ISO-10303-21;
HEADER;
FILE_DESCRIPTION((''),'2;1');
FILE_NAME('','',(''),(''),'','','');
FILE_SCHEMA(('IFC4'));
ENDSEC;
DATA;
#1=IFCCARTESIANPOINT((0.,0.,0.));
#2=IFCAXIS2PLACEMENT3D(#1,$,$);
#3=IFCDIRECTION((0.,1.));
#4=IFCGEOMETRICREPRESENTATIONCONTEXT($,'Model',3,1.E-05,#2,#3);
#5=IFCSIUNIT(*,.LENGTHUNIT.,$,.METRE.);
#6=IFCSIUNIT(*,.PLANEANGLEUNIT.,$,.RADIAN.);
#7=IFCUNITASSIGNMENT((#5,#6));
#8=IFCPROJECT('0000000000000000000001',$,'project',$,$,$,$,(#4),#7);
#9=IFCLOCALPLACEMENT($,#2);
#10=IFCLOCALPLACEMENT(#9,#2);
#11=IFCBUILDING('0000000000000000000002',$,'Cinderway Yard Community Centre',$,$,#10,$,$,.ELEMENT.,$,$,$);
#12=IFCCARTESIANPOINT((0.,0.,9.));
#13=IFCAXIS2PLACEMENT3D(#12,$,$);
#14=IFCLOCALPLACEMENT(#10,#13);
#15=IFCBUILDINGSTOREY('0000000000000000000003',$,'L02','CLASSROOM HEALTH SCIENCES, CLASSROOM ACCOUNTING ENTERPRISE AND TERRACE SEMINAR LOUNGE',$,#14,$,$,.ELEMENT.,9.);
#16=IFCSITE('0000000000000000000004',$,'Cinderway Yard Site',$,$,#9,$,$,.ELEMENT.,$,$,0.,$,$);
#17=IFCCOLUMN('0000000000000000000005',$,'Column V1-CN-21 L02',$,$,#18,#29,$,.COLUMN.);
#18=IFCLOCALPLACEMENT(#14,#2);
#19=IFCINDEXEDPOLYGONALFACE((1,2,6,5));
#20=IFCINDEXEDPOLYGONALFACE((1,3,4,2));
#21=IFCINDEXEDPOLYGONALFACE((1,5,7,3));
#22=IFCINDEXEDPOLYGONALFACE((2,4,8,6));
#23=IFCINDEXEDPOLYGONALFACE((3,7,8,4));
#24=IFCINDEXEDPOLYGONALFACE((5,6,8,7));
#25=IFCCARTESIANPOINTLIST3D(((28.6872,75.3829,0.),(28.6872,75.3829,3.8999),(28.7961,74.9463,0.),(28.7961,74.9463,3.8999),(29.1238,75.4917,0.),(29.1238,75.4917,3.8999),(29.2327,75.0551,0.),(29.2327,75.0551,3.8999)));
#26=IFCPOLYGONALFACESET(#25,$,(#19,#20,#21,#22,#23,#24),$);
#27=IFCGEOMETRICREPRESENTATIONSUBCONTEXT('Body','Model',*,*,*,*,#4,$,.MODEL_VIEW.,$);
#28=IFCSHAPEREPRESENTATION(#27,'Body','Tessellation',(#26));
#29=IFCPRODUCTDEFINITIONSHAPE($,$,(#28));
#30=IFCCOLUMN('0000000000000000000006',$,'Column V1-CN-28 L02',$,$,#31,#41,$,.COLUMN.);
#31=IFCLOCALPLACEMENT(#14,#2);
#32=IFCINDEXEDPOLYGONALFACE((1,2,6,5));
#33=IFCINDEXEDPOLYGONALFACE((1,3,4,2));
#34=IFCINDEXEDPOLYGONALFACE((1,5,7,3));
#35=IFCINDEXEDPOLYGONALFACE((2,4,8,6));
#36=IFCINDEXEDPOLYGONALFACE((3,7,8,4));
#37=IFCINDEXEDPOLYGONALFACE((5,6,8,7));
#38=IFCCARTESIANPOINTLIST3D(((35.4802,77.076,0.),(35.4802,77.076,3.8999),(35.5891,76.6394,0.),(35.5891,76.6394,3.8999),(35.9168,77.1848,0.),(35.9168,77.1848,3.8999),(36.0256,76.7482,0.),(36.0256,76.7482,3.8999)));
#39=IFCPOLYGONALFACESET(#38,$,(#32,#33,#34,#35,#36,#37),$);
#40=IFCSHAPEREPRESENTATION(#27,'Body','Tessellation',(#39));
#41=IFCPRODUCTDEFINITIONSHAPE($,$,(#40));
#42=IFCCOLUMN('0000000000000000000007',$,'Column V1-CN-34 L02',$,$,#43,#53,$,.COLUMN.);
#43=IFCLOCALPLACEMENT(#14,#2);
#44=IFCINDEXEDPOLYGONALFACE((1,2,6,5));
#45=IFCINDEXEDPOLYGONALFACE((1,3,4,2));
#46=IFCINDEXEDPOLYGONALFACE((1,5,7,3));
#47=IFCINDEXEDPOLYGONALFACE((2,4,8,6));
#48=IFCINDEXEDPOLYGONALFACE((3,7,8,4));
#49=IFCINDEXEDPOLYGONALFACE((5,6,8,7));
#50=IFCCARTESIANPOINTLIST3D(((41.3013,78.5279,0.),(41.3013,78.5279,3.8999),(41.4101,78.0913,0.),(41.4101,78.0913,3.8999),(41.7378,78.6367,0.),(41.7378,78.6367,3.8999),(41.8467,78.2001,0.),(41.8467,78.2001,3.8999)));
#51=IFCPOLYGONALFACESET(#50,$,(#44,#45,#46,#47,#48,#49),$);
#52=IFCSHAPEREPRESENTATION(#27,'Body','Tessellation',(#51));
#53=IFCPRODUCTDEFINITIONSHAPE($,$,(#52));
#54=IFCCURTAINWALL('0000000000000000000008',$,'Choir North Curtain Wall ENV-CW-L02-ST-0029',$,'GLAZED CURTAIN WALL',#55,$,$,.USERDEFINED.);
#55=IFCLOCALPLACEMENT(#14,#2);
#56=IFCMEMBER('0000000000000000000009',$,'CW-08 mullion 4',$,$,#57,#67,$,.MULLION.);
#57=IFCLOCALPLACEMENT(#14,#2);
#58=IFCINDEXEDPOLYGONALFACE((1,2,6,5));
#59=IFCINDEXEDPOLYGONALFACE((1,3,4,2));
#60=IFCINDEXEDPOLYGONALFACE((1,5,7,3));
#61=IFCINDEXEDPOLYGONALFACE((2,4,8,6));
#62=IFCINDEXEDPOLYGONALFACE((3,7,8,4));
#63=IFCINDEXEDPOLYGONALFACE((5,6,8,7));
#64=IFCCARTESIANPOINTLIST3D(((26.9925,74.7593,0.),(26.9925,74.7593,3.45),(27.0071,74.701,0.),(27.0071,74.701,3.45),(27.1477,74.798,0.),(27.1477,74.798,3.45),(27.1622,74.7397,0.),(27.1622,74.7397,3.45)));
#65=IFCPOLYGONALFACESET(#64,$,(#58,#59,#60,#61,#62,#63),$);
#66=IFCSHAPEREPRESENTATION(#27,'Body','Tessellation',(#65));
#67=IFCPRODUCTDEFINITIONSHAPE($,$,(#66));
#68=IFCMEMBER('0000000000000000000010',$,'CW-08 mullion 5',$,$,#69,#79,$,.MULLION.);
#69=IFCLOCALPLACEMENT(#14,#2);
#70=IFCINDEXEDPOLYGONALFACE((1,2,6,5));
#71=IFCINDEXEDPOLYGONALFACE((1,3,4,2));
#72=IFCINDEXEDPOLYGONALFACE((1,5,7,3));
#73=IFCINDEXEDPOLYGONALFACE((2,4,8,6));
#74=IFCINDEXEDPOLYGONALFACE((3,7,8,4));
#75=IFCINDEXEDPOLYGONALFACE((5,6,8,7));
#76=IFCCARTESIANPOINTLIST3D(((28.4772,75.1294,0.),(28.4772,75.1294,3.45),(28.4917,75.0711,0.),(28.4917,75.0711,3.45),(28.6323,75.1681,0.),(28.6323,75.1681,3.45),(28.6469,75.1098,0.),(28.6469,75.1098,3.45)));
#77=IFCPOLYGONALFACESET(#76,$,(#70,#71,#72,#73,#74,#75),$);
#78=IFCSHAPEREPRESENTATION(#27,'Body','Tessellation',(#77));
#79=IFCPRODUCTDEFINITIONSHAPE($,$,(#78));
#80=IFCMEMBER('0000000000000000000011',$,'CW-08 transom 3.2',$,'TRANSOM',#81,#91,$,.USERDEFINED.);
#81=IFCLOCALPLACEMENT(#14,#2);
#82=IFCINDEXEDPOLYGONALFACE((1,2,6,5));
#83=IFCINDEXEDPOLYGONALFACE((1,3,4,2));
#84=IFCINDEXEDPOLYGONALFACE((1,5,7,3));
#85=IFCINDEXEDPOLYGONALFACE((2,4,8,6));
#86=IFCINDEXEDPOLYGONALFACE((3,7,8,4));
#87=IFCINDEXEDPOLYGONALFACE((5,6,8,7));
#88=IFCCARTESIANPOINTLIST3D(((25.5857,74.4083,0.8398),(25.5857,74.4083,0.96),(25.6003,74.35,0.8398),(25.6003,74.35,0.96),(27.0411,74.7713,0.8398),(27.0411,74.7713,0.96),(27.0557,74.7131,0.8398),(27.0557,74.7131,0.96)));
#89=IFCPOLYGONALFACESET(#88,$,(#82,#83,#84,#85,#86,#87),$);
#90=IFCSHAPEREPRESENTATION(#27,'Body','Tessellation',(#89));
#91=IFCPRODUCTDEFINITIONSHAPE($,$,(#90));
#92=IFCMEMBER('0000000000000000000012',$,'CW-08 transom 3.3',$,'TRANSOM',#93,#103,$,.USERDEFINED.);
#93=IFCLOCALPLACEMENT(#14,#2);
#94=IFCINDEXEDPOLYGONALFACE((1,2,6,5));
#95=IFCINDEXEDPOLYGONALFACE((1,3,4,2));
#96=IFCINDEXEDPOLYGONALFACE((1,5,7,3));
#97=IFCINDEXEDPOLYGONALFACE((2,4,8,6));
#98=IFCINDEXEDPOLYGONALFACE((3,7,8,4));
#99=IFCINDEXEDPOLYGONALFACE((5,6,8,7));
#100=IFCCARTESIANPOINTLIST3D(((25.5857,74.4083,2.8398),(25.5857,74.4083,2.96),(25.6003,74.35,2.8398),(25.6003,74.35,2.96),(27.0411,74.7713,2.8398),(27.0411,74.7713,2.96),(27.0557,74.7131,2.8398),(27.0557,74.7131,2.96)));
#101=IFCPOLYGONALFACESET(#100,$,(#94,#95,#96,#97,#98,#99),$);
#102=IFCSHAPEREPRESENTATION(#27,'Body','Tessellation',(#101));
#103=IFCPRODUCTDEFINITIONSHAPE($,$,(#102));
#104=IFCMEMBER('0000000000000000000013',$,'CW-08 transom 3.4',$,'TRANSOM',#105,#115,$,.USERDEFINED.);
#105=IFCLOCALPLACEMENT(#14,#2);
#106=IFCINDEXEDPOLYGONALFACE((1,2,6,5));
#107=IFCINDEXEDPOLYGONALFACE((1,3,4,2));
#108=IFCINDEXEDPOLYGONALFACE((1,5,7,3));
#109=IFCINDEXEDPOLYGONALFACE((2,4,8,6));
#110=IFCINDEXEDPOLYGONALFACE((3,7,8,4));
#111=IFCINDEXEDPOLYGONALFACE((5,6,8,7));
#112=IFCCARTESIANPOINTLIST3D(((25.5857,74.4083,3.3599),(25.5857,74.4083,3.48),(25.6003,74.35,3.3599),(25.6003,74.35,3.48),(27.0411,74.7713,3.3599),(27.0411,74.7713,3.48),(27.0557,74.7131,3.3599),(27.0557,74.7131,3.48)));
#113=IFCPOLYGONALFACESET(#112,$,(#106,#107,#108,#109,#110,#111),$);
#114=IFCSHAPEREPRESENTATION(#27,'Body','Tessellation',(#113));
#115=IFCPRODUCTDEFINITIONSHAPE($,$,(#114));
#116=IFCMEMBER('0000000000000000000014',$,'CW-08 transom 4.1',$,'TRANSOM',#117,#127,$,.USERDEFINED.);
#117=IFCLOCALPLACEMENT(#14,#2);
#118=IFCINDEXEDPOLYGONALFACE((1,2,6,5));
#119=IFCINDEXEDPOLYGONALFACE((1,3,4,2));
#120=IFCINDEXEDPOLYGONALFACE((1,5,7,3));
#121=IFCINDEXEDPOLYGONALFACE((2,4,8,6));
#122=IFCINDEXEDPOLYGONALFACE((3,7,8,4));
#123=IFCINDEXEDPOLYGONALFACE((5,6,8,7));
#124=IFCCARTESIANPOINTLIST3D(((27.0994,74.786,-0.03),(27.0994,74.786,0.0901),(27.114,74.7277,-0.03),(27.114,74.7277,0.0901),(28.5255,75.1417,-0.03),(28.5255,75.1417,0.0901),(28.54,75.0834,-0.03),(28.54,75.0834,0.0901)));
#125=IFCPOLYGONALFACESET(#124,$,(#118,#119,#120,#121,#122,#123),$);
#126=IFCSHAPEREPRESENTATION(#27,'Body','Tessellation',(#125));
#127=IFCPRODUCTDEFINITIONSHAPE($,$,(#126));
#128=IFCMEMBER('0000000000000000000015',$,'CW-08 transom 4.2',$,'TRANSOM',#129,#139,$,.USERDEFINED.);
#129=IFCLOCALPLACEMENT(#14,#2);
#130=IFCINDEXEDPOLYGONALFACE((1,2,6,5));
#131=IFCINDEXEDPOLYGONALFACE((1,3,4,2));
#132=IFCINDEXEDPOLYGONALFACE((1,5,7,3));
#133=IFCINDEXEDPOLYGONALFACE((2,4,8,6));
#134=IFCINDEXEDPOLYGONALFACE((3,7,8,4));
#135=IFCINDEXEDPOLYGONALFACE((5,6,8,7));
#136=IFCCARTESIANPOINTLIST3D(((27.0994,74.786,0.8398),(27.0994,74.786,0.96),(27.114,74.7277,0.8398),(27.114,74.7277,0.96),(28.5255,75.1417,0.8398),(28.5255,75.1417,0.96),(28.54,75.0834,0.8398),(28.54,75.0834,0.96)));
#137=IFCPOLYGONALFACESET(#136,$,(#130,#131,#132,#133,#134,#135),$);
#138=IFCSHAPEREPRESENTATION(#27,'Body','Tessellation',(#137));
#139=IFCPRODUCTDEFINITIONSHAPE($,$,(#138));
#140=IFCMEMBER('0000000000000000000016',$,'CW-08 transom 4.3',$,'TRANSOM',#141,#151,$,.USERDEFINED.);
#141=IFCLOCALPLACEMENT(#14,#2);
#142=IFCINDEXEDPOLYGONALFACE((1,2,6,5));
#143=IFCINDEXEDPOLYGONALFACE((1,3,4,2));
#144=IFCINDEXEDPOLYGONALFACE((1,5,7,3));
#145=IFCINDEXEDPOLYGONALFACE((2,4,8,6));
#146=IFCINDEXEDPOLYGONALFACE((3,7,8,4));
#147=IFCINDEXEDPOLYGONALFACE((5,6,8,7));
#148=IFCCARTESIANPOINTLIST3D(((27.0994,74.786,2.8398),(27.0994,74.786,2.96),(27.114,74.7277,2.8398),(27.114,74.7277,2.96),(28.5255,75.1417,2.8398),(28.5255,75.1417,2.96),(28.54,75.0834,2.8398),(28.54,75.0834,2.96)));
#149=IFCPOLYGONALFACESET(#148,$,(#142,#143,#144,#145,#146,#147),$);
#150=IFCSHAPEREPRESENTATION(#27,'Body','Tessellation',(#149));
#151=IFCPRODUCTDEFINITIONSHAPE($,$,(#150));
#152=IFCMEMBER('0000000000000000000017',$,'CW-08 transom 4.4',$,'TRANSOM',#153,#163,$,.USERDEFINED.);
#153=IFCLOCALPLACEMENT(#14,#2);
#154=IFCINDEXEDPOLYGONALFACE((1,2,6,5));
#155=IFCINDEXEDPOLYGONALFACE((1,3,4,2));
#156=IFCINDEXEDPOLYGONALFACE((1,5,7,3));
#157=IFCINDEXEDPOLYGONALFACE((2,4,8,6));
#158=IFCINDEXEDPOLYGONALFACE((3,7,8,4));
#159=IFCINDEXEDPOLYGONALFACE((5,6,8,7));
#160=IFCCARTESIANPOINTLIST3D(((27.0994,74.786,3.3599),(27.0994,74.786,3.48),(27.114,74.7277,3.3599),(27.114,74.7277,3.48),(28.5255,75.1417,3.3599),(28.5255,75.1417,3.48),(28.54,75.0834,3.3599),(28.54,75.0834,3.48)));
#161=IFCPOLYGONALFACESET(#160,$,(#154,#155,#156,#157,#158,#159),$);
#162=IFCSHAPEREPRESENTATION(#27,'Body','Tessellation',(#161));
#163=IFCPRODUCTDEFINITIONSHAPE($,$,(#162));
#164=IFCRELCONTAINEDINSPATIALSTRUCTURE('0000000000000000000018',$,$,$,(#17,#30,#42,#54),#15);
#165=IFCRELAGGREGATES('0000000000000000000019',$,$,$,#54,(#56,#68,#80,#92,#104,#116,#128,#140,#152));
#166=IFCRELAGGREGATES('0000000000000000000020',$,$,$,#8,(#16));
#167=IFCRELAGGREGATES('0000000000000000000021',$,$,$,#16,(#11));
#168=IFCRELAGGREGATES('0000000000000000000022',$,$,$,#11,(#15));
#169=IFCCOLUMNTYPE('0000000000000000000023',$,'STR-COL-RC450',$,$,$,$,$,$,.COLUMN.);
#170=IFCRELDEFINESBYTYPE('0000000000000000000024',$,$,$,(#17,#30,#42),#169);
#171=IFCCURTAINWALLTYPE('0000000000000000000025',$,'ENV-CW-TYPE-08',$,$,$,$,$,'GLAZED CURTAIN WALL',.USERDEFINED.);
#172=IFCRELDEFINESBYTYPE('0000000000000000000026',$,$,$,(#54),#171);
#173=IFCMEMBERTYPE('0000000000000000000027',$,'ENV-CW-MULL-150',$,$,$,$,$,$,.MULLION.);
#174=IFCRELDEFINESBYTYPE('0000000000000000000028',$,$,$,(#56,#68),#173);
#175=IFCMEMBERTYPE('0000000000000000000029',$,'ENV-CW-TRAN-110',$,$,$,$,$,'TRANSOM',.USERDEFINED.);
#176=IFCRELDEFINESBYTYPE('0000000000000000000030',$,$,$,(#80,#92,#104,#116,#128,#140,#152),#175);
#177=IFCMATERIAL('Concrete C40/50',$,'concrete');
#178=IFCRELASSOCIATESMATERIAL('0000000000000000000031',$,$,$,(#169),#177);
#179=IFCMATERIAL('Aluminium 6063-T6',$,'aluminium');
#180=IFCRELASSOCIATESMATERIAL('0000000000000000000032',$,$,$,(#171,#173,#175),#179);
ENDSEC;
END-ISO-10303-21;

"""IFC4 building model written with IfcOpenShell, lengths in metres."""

from ifc_helpers import new_model, si_unit, direction, frame, origin, origin_2d, place, context, subcontext, project, spatial, rectangle, extrude, material, material_profile, profile_set, type_object, element, aggregate, save


model = new_model("IFC4")

# Units and contexts
model_context = context("Model", 3, precision=1e-05, world=origin(), true_north=direction((0.0, 1.0)))
body_context = subcontext(model_context, "Body", "Model", "MODEL_VIEW")
ifc_project = project(units=[si_unit("LENGTHUNIT", "METRE"), si_unit("PLANEANGLEUNIT", "RADIAN")], contexts=[model_context])

# Site, building, storey
site_placement = place(None, origin())
site = spatial("IfcSite", under=ifc_project, at=site_placement, Name="Cinderway Yard Site", CompositionType="ELEMENT", RefElevation=0.0)
building_placement = place(site_placement, origin())
building = spatial("IfcBuilding", under=site, at=building_placement, Name="Cinderway Yard Community Centre", CompositionType="ELEMENT")
storey_placement = place(building_placement, frame((0.0, 0.0, 9.0)))
storey = spatial("IfcBuildingStorey", under=building, at=storey_placement, Name="L02", Description="CLASSROOM HEALTH SCIENCES, CLASSROOM ACCOUNTING ENTERPRISE AND TERRACE SEMINAR LOUNGE", CompositionType="ELEMENT", Elevation=9.0)

# Columns
ifc_material_1 = material(Name="Concrete C40/50", Category="concrete")
ifc_material_profile_1 = material_profile(ifc_material_1, rectangle(XDim=0.45, YDim=0.45, at=origin_2d()), Name="Concrete C40/50")
ifc_profile_set_1 = profile_set([ifc_material_profile_1], Name="Concrete C40/50")
column_type = type_object("IfcColumnType", Name="STR-COL-RC450", PredefinedType="COLUMN", material=ifc_profile_set_1)
for number, where, z_axis, x_axis, name in (
    (1, (28.96, 75.219, 0.0), (0.0, 0.0, 1.0), (0.970296, 0.241922, 0.0), "Column V1-CN-21 L02"),
    (2, (35.7529, 76.9121, 0.0), (0.0, 0.0, 1.0), (0.970296, 0.241922, 0.0), "Column V1-CN-28 L02"),
    (3, (41.574, 78.364, 0.0), (0.0, 0.0, 1.0), (0.970296, 0.241922, 0.0), "Column V1-CN-34 L02"),
):
    element("IfcColumn", number, at=place(storey_placement, frame(where, z_axis=z_axis, x_axis=x_axis)), inside=storey, type_object=column_type, Name=name, PredefinedType="COLUMN", context=body_context, shape_type="SweptSolid", body=[
        extrude(rectangle(XDim=0.45, YDim=0.45, at=origin_2d()), origin(), (0.0, 0.0, 1.0), 3.8999),
    ])

# Curtain wall, members
ifc_material_2 = material(Name="Aluminium 6063-T6", Category="aluminium")
curtain_wall_type = type_object("IfcCurtainWallType", Name="ENV-CW-TYPE-08", ElementType="GLAZED CURTAIN WALL", PredefinedType="USERDEFINED", material=ifc_material_2)
curtain_wall_placement = place(storey_placement, origin())
curtain_wall = element("IfcCurtainWall", 4, at=curtain_wall_placement, inside=storey, type_object=curtain_wall_type, Name="Choir North Curtain Wall ENV-CW-L02-ST-0029", ObjectType="GLAZED CURTAIN WALL", PredefinedType="USERDEFINED")
ifc_material_profile_2 = material_profile(ifc_material_2, rectangle(XDim=0.0601, YDim=0.1599, at=origin_2d()), Name="Aluminium 6063-T6")
ifc_profile_set_2 = profile_set([ifc_material_profile_2], Name="Aluminium 6063-T6")
member_type_1 = type_object("IfcMemberType", Name="ENV-CW-MULL-150", PredefinedType="MULLION", material=ifc_profile_set_2)
member_1_placement = place(storey_placement, frame((27.0774, 74.7495, 0.0), z_axis=(0.0, 0.0, 1.0), x_axis=(-0.242008, 0.970274, 0.0)))
member_1 = element("IfcMember", 5, at=member_1_placement, type_object=member_type_1, Name="CW-08 mullion 4", PredefinedType="MULLION", context=body_context, shape_type="SweptSolid", body=[
    extrude(rectangle(XDim=0.0601, YDim=0.1599, at=origin_2d()), origin(), (0.0, 0.0, 1.0), 3.45),
])
member_2_placement = place(storey_placement, frame((28.562, 75.1196, 0.0), z_axis=(0.0, 0.0, 1.0), x_axis=(-0.242008, 0.970274, 0.0)))
member_2 = element("IfcMember", 6, at=member_2_placement, type_object=member_type_1, Name="CW-08 mullion 5", PredefinedType="MULLION", context=body_context, shape_type="SweptSolid", body=[
    extrude(rectangle(XDim=0.0601, YDim=0.1599, at=origin_2d()), origin(), (0.0, 0.0, 1.0), 3.45),
])
ifc_material_profile_3 = material_profile(ifc_material_2, rectangle(XDim=0.0601, YDim=0.1201, at=origin_2d()), Name="Aluminium 6063-T6")
ifc_profile_set_3 = profile_set([ifc_material_profile_3], Name="Aluminium 6063-T6")
member_type_2 = type_object("IfcMemberType", Name="ENV-CW-TRAN-110", ElementType="TRANSOM", PredefinedType="USERDEFINED", material=ifc_profile_set_3)
member_3_placement = place(storey_placement, frame((25.593, 74.3792, 0.8999), z_axis=(0.970267, 0.242038, 0.0), x_axis=(-0.242038, 0.970267, 0.0)))
member_3 = element("IfcMember", 7, at=member_3_placement, type_object=member_type_2, Name="CW-08 transom 3.2", ObjectType="TRANSOM", PredefinedType="USERDEFINED", context=body_context, shape_type="SweptSolid", body=[
    extrude(rectangle(XDim=0.0601, YDim=0.1201, at=origin_2d()), origin(), (0.0, 0.0, 1.0), 1.5),
])
member_4_placement = place(storey_placement, frame((25.593, 74.3792, 2.8999), z_axis=(0.970267, 0.242038, 0.0), x_axis=(-0.242038, 0.970267, 0.0)))
member_4 = element("IfcMember", 8, at=member_4_placement, type_object=member_type_2, Name="CW-08 transom 3.3", ObjectType="TRANSOM", PredefinedType="USERDEFINED", context=body_context, shape_type="SweptSolid", body=[
    extrude(rectangle(XDim=0.0601, YDim=0.1201, at=origin_2d()), origin(), (0.0, 0.0, 1.0), 1.5),
])
member_5_placement = place(storey_placement, frame((25.593, 74.3792, 3.4199), z_axis=(0.970267, 0.242038, 0.0), x_axis=(-0.242038, 0.970267, 0.0)))
member_5 = element("IfcMember", 9, at=member_5_placement, type_object=member_type_2, Name="CW-08 transom 3.4", ObjectType="TRANSOM", PredefinedType="USERDEFINED", context=body_context, shape_type="SweptSolid", body=[
    extrude(rectangle(XDim=0.0601, YDim=0.1201, at=origin_2d()), origin(), (0.0, 0.0, 1.0), 1.5),
])
member_6_placement = place(storey_placement, frame((27.1067, 74.7568, 0.03), z_axis=(0.970269, 0.242027, 0.0), x_axis=(-0.242027, 0.970269, 0.0)))
member_6 = element("IfcMember", 10, at=member_6_placement, type_object=member_type_2, Name="CW-08 transom 4.1", ObjectType="TRANSOM", PredefinedType="USERDEFINED", context=body_context, shape_type="SweptSolid", body=[
    extrude(rectangle(XDim=0.0601, YDim=0.1201, at=origin_2d()), origin(), (0.0, 0.0, 1.0), 1.4697),
])
member_7_placement = place(storey_placement, frame((27.1067, 74.7568, 0.8999), z_axis=(0.970269, 0.242027, 0.0), x_axis=(-0.242027, 0.970269, 0.0)))
member_7 = element("IfcMember", 11, at=member_7_placement, type_object=member_type_2, Name="CW-08 transom 4.2", ObjectType="TRANSOM", PredefinedType="USERDEFINED", context=body_context, shape_type="SweptSolid", body=[
    extrude(rectangle(XDim=0.0601, YDim=0.1201, at=origin_2d()), origin(), (0.0, 0.0, 1.0), 1.4697),
])
member_8_placement = place(storey_placement, frame((27.1067, 74.7568, 2.8999), z_axis=(0.970269, 0.242027, 0.0), x_axis=(-0.242027, 0.970269, 0.0)))
member_8 = element("IfcMember", 12, at=member_8_placement, type_object=member_type_2, Name="CW-08 transom 4.3", ObjectType="TRANSOM", PredefinedType="USERDEFINED", context=body_context, shape_type="SweptSolid", body=[
    extrude(rectangle(XDim=0.0601, YDim=0.1201, at=origin_2d()), origin(), (0.0, 0.0, 1.0), 1.4697),
])
member_9_placement = place(storey_placement, frame((27.1067, 74.7568, 3.4199), z_axis=(0.970269, 0.242027, 0.0), x_axis=(-0.242027, 0.970269, 0.0)))
member_9 = element("IfcMember", 13, at=member_9_placement, type_object=member_type_2, Name="CW-08 transom 4.4", ObjectType="TRANSOM", PredefinedType="USERDEFINED", context=body_context, shape_type="SweptSolid", body=[
    extrude(rectangle(XDim=0.0601, YDim=0.1201, at=origin_2d()), origin(), (0.0, 0.0, 1.0), 1.4697),
])

aggregate(curtain_wall, [member_1, member_2, member_3, member_4, member_5, member_6, member_7, member_8, member_9])

save(model, "model.ifc")
